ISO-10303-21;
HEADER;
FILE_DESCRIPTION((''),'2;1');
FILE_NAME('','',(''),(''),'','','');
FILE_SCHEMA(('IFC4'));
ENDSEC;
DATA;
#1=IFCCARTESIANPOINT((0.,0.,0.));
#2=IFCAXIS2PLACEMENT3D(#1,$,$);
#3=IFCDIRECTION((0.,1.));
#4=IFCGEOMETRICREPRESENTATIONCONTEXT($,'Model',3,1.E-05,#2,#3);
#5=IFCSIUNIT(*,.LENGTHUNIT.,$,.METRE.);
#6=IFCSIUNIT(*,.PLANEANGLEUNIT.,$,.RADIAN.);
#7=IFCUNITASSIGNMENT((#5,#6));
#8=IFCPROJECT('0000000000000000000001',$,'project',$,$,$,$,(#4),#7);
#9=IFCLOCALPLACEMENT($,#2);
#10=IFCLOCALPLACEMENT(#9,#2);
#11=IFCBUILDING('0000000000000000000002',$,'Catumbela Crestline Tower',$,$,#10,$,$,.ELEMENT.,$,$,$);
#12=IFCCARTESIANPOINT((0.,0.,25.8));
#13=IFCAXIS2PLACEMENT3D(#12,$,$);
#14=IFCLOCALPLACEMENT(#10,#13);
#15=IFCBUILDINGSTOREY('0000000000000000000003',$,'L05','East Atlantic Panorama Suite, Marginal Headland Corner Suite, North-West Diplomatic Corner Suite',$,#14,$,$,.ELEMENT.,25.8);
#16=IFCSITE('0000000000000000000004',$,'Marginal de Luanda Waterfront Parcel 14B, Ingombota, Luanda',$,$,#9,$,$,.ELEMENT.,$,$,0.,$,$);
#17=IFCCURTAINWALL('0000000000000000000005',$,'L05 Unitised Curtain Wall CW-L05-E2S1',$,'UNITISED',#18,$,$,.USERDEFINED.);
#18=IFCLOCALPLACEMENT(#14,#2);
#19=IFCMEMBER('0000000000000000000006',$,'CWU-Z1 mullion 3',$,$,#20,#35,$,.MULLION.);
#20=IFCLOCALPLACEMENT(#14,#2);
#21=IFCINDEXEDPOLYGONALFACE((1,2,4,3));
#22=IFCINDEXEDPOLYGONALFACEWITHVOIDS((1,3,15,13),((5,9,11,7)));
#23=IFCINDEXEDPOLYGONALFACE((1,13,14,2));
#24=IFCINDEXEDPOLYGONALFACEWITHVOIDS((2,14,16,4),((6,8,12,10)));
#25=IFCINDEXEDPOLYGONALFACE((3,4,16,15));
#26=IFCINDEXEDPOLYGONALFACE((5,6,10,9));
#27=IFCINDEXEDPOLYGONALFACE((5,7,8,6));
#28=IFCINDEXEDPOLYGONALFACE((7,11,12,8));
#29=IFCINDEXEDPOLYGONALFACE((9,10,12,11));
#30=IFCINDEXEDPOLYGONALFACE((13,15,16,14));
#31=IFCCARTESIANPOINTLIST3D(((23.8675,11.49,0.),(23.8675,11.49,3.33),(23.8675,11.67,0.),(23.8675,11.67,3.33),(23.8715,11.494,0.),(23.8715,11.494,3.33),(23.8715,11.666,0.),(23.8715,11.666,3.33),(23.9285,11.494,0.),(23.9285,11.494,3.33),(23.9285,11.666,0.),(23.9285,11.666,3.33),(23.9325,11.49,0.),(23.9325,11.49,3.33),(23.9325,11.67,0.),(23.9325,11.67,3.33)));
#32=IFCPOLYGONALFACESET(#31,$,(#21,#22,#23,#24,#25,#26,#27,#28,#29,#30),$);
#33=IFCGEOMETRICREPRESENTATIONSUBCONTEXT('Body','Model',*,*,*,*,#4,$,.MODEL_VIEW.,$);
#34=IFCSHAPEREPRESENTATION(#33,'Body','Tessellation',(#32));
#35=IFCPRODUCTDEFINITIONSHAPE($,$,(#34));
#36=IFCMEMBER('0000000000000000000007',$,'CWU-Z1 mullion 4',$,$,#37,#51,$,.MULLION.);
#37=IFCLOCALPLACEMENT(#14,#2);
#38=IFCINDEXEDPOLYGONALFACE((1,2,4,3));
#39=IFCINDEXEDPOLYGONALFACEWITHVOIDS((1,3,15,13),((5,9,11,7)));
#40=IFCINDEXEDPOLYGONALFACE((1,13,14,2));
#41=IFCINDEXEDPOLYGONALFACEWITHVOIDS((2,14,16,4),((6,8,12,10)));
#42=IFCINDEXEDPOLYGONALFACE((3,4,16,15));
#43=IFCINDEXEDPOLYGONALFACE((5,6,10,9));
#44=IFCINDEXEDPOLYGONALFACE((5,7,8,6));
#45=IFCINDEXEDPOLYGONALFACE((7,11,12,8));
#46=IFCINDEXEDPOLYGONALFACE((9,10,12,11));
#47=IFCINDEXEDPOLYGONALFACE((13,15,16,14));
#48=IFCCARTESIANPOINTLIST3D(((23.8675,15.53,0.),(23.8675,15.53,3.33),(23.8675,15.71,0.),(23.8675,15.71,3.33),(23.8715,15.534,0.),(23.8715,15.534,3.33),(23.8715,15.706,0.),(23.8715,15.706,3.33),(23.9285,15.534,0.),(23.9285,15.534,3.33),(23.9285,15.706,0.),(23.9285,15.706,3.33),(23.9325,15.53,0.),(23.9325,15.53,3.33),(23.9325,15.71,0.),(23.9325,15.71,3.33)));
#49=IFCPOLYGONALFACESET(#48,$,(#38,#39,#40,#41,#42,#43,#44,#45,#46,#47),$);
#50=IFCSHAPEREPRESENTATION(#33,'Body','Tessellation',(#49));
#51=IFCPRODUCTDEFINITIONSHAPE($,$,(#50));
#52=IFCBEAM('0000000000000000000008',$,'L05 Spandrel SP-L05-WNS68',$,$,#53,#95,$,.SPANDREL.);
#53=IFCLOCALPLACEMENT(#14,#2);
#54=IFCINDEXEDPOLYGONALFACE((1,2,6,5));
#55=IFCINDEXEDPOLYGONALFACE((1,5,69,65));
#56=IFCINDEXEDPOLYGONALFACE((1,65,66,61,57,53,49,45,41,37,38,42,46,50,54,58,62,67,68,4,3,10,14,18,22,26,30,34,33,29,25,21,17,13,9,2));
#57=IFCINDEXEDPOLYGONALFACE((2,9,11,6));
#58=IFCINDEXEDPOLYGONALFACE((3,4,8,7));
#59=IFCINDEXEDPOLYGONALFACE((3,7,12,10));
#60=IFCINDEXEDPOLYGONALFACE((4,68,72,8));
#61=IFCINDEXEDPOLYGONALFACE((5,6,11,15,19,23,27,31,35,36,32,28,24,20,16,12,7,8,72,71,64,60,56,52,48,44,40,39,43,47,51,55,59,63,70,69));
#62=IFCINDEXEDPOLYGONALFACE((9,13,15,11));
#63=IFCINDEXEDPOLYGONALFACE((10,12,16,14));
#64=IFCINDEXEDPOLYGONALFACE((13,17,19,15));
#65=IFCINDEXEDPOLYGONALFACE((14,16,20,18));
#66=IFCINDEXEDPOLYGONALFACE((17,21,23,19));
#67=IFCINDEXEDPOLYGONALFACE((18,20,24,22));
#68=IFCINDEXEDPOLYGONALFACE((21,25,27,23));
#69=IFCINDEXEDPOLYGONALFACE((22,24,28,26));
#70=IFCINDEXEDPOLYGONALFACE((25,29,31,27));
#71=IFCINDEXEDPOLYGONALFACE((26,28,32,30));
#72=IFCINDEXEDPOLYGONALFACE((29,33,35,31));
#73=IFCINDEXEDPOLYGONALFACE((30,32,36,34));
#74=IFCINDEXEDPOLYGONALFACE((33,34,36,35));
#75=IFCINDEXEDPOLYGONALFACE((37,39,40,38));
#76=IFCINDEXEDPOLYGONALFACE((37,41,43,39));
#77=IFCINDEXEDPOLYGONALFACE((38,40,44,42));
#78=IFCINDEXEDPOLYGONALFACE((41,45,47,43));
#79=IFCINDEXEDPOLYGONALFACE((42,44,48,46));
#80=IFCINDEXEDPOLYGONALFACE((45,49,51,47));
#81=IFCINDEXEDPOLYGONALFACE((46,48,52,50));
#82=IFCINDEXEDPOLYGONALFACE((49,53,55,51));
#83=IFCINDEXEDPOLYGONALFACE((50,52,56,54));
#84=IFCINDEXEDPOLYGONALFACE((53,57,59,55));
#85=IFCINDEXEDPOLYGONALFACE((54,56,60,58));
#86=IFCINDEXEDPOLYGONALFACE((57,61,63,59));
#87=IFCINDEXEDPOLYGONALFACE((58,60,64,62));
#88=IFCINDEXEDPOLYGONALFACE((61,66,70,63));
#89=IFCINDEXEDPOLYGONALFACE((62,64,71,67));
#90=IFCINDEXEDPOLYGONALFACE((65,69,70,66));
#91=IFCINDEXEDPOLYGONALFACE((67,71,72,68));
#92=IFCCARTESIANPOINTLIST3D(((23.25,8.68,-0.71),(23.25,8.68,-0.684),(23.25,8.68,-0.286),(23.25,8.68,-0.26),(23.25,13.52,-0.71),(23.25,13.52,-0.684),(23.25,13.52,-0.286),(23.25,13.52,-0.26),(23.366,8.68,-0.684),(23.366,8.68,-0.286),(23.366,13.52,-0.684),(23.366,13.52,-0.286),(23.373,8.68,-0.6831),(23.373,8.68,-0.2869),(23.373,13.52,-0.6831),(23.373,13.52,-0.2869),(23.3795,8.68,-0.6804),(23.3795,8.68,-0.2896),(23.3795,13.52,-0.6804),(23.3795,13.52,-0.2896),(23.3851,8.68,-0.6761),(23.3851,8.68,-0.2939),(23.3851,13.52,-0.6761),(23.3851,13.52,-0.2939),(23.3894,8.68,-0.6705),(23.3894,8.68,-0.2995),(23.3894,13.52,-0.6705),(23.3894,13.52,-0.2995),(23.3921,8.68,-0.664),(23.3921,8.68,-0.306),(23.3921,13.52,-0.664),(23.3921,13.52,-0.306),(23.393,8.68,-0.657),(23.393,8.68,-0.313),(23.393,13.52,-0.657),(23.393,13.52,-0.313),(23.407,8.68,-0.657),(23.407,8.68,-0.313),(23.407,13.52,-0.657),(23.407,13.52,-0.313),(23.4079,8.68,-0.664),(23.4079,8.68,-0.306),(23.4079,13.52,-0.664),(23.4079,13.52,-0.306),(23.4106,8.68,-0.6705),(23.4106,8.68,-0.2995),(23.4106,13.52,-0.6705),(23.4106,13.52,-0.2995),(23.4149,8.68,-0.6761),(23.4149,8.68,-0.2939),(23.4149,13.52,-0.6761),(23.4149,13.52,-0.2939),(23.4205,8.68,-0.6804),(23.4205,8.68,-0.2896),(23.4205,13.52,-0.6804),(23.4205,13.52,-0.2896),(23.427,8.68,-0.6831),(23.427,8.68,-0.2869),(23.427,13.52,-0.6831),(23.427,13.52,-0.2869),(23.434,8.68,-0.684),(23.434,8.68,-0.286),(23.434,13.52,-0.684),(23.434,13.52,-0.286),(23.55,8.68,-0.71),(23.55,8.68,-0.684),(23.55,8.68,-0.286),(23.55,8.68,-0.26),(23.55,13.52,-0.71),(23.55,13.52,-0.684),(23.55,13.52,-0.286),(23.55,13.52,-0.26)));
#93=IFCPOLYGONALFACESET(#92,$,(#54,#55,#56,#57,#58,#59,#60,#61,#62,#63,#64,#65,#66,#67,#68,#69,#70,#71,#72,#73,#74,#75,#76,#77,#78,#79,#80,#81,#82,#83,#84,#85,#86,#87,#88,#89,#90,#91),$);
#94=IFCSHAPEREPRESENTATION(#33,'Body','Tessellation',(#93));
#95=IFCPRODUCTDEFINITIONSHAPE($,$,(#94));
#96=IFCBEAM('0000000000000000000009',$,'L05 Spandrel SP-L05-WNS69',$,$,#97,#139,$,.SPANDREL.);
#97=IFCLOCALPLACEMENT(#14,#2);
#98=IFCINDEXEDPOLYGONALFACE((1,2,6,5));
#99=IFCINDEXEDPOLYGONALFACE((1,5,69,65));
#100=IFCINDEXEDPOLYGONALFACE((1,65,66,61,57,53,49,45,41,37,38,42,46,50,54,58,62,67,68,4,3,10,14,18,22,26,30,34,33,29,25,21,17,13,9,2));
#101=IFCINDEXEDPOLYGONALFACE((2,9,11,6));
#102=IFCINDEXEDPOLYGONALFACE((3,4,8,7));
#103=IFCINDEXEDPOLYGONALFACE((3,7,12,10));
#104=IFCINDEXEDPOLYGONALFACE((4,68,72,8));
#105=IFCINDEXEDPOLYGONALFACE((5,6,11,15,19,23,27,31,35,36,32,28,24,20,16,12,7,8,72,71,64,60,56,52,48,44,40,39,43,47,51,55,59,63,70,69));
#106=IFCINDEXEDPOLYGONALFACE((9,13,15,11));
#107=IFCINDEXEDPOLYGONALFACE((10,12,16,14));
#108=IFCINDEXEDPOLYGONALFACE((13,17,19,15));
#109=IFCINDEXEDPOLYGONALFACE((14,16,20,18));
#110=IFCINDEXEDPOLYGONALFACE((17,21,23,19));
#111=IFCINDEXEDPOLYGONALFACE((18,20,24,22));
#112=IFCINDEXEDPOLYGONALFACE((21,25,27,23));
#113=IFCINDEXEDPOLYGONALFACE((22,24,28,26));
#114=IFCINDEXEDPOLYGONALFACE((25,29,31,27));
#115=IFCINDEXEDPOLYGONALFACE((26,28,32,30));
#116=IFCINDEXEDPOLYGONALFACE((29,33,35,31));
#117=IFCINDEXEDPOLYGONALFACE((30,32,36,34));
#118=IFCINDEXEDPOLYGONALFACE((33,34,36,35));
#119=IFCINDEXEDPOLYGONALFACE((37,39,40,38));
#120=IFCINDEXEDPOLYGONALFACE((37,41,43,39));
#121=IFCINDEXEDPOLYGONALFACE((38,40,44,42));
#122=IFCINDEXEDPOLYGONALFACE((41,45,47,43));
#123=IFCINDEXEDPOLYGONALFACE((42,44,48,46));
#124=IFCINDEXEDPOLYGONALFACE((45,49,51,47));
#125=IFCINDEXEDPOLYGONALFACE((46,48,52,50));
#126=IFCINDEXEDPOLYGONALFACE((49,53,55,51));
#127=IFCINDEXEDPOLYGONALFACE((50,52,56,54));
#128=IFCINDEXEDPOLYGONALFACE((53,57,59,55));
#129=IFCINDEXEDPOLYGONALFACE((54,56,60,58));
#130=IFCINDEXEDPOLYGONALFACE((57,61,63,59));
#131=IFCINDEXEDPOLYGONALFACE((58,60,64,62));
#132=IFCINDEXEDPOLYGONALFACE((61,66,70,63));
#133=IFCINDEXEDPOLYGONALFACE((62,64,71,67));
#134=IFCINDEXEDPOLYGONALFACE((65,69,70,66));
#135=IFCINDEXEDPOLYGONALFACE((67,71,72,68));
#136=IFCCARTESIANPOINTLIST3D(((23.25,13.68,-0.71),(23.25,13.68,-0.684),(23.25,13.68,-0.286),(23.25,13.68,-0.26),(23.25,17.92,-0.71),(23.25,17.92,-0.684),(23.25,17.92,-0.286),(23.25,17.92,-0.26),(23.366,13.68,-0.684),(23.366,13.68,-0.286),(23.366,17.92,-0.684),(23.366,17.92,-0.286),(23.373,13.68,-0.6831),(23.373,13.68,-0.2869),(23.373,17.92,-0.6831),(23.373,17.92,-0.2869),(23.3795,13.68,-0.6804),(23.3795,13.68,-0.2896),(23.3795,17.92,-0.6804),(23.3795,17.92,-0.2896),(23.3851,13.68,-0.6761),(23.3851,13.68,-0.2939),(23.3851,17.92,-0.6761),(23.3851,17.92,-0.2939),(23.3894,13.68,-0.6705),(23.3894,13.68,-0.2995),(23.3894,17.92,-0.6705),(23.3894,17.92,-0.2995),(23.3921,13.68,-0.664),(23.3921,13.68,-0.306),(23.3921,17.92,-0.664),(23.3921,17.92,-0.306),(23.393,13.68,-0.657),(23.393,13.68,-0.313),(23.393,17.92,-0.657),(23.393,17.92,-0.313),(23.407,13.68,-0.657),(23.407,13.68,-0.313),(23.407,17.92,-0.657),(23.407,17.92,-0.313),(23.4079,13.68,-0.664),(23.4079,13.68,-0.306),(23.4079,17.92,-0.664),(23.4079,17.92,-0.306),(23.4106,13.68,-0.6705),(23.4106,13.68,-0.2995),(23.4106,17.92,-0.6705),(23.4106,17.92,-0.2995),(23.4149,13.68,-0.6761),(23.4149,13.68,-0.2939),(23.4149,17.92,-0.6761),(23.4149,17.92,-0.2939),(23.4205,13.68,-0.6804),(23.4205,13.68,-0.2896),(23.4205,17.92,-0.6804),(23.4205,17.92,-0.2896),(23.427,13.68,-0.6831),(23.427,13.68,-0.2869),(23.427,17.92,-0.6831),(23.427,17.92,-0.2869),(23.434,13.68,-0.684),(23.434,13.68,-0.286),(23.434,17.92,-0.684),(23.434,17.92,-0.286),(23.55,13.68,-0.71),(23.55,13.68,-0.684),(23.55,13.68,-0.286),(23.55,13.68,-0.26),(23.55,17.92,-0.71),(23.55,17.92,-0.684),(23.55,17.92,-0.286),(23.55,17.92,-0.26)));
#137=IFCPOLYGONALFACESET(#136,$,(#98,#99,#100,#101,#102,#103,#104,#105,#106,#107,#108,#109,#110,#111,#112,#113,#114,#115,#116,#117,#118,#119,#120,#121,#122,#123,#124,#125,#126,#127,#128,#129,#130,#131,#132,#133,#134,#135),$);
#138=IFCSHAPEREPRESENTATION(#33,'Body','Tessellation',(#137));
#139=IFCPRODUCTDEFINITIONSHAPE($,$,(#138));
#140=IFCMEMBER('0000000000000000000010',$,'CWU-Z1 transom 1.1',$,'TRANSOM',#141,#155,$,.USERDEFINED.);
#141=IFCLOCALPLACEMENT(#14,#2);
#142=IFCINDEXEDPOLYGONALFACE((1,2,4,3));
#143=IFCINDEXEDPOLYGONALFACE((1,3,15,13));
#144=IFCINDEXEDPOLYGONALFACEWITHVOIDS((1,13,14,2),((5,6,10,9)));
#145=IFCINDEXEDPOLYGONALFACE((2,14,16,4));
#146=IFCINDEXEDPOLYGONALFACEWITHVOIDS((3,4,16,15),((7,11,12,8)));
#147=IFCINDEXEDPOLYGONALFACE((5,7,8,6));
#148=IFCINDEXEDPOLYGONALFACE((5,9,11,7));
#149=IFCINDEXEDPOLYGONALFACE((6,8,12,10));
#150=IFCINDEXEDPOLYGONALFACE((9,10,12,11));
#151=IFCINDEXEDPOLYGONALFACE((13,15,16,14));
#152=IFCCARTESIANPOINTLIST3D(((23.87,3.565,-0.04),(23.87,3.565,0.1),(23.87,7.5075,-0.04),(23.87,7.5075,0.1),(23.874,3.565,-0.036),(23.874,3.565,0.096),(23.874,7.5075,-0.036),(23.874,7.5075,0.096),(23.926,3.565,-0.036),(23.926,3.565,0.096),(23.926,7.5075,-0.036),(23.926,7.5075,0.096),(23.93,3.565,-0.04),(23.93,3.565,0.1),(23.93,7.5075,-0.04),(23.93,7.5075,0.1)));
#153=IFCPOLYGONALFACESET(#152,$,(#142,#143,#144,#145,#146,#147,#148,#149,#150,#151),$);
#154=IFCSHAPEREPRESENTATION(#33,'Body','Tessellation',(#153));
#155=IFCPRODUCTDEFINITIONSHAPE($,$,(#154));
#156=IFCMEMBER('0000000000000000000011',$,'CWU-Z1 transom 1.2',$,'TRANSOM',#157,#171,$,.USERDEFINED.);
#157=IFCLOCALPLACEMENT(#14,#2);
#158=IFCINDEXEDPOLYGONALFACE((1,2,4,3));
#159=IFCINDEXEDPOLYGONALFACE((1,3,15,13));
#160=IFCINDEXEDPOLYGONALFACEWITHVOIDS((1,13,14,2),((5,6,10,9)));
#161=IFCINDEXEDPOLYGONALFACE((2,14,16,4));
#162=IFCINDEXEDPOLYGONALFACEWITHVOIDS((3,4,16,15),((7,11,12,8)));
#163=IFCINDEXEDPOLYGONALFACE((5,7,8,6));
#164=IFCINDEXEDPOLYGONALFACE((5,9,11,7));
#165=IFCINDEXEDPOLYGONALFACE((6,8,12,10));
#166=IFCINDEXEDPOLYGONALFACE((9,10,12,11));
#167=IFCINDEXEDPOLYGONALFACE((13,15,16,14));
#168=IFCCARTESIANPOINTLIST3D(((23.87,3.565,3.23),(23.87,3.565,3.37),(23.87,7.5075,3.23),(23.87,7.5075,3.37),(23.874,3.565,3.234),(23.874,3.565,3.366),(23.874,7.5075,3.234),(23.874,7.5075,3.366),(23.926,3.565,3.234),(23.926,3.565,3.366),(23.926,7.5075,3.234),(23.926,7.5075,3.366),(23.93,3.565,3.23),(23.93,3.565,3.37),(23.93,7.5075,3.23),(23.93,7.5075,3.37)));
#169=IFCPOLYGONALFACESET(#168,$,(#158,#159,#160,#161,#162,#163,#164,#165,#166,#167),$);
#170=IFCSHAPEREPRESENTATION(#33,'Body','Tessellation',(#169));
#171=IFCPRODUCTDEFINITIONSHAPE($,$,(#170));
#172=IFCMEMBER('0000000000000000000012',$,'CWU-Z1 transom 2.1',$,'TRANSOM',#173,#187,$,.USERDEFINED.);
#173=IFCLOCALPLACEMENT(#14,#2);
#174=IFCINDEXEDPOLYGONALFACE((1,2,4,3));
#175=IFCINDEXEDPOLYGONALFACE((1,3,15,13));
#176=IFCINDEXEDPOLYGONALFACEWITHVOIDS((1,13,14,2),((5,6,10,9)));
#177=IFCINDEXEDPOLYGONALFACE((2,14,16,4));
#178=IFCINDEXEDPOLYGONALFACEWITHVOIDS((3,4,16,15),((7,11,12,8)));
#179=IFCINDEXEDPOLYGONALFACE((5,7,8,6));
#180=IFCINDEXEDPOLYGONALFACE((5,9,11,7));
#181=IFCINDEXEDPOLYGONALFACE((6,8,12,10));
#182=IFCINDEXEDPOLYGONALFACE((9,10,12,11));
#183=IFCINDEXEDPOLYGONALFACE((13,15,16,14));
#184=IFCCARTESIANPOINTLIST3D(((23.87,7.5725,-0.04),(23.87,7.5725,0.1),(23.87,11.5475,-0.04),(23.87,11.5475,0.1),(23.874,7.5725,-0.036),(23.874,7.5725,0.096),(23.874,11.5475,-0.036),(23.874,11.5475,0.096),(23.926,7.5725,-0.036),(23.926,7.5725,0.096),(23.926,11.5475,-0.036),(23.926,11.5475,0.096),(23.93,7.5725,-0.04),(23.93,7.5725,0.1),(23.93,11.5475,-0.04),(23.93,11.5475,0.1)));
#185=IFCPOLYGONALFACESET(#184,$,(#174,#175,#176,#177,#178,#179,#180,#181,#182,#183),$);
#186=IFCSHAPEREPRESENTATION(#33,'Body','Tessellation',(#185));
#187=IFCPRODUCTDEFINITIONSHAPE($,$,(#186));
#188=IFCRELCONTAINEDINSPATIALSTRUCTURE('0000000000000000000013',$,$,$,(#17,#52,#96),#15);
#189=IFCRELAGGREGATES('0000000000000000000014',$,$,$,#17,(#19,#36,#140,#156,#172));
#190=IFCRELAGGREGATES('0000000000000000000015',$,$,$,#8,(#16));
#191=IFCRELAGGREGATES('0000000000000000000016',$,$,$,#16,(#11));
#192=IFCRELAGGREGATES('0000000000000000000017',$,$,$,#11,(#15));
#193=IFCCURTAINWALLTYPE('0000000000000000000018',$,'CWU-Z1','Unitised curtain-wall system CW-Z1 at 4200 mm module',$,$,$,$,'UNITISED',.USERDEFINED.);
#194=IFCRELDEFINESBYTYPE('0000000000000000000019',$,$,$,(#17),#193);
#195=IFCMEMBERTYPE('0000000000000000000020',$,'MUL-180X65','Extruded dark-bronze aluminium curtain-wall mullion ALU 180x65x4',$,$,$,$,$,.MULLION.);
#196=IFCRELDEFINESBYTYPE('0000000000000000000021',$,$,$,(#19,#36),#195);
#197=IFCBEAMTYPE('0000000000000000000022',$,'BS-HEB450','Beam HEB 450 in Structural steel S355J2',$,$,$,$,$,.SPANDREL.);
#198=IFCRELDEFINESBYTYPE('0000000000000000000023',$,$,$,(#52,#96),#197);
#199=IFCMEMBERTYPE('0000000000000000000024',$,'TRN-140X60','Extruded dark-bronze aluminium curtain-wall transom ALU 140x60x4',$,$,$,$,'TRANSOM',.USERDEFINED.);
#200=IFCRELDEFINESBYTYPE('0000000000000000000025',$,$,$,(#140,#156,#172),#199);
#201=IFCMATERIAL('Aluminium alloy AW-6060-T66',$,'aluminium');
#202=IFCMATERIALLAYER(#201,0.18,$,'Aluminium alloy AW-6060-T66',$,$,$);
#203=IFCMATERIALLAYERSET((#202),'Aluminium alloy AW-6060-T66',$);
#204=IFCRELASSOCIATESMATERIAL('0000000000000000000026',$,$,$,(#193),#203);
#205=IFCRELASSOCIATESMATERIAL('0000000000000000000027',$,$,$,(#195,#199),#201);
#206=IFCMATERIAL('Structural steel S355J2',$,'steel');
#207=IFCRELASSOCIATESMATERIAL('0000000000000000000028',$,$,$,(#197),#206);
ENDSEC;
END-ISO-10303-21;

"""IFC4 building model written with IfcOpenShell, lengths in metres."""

from ifc_helpers import new_model, si_unit, direction, frame, origin, origin_2d, place, context, subcontext, project, spatial, hollow_rectangle, i_section, extrude, material, layer, layer_set, material_profile, profile_set, type_object, element, aggregate, save


model = new_model("IFC4")

# Units and contexts
model_context = context("Model", 3, precision=1e-05, world=origin(), true_north=direction((0.0, 1.0)))
body_context = subcontext(model_context, "Body", "Model", "MODEL_VIEW")
ifc_project = project(units=[si_unit("LENGTHUNIT", "METRE"), si_unit("PLANEANGLEUNIT", "RADIAN")], contexts=[model_context])

# Site, building, storey
site_placement = place(None, origin())
site = spatial("IfcSite", under=ifc_project, at=site_placement, Name="Marginal de Luanda Waterfront Parcel 14B, Ingombota, Luanda", CompositionType="ELEMENT", RefElevation=0.0)
building_placement = place(site_placement, origin())
building = spatial("IfcBuilding", under=site, at=building_placement, Name="Catumbela Crestline Tower", CompositionType="ELEMENT")
storey_placement = place(building_placement, frame((0.0, 0.0, 25.8)))
storey = spatial("IfcBuildingStorey", under=building, at=storey_placement, Name="L05", Description="East Atlantic Panorama Suite, Marginal Headland Corner Suite, North-West Diplomatic Corner Suite", CompositionType="ELEMENT", Elevation=25.8)

# Shared definitions
ifc_material_1 = material(Name="Structural steel S355J2", Category="steel")

# Shared definitions
ifc_material_2 = material(Name="Aluminium alloy AW-6060-T66", Category="aluminium")
ifc_layer_1 = layer(ifc_material_2, 0.18, Name="Aluminium alloy AW-6060-T66")
ifc_layer_set_1 = layer_set([ifc_layer_1], Name="Aluminium alloy AW-6060-T66")
curtain_wall_type = type_object("IfcCurtainWallType", Name="CWU-Z1", Description="Unitised curtain-wall system CW-Z1 at 4200 mm module", ElementType="UNITISED", PredefinedType="USERDEFINED", material=ifc_layer_set_1)
ifc_material_profile_1 = material_profile(ifc_material_2, hollow_rectangle(XDim=0.065, YDim=0.18, WallThickness=0.004, at=origin_2d()), Name="ALU 180x65x4")
ifc_profile_set_1 = profile_set([ifc_material_profile_1], Name="Aluminium alloy AW-6060-T66")
member_type_1 = type_object("IfcMemberType", Name="MUL-180X65", Description="Extruded dark-bronze aluminium curtain-wall mullion ALU 180x65x4", PredefinedType="MULLION", material=ifc_profile_set_1)

# Curtain wall, members
curtain_wall_1_placement = place(storey_placement, origin())
curtain_wall_1 = element("IfcCurtainWall", 1, at=curtain_wall_1_placement, inside=storey, type_object=curtain_wall_type, Name="L05 Unitised Curtain Wall CW-L05-E2S1", ObjectType="UNITISED", PredefinedType="USERDEFINED")
member_1_placement = place(storey_placement, frame((23.9, 11.58, 0.0), z_axis=(0.0, 0.0, 1.0), x_axis=(-1.0, 0.0, 0.0)))
member_1 = element("IfcMember", 2, at=member_1_placement, type_object=member_type_1, Name="CWU-Z1 mullion 3", PredefinedType="MULLION", context=body_context, shape_type="SweptSolid", body=[
    extrude(hollow_rectangle(XDim=0.065, YDim=0.18, WallThickness=0.004, at=origin_2d()), origin(), (0.0, 0.0, 1.0), 3.33),
])
member_2_placement = place(storey_placement, frame((23.9, 15.62, 0.0), z_axis=(0.0, 0.0, 1.0), x_axis=(-1.0, 0.0, 0.0)))
member_2 = element("IfcMember", 3, at=member_2_placement, type_object=member_type_1, Name="CWU-Z1 mullion 4", PredefinedType="MULLION", context=body_context, shape_type="SweptSolid", body=[
    extrude(hollow_rectangle(XDim=0.065, YDim=0.18, WallThickness=0.004, at=origin_2d()), origin(), (0.0, 0.0, 1.0), 3.33),
])

# Beams
ifc_material_profile_2 = material_profile(ifc_material_1, i_section(OverallWidth=0.3, OverallDepth=0.45, WebThickness=0.014, FlangeThickness=0.026, FilletRadius=0.027, at=origin_2d()), Name="HEB 450")
ifc_profile_set_2 = profile_set([ifc_material_profile_2], Name="Structural steel S355J2")
beam_type_1 = type_object("IfcBeamType", Name="BS-HEB450", Description="Beam HEB 450 in Structural steel S355J2", PredefinedType="SPANDREL", material=ifc_profile_set_2)
beam_1_placement = place(storey_placement, frame((23.4, 8.68, -0.485), z_axis=(0.0, 1.0, 0.0), x_axis=(-1.0, 0.0, 0.0)))
element("IfcBeam", 4, at=beam_1_placement, inside=storey, type_object=beam_type_1, Name="L05 Spandrel SP-L05-WNS68", PredefinedType="SPANDREL", context=body_context, shape_type="SweptSolid", body=[
    extrude(i_section(OverallWidth=0.3, OverallDepth=0.45, WebThickness=0.014, FlangeThickness=0.026, FilletRadius=0.027, at=origin_2d()), origin(), (0.0, 0.0, 1.0), 4.84),
])
beam_2_placement = place(storey_placement, frame((23.4, 13.68, -0.485), z_axis=(0.0, 1.0, 0.0), x_axis=(-1.0, 0.0, 0.0)))
element("IfcBeam", 5, at=beam_2_placement, inside=storey, type_object=beam_type_1, Name="L05 Spandrel SP-L05-WNS69", PredefinedType="SPANDREL", context=body_context, shape_type="SweptSolid", body=[
    extrude(i_section(OverallWidth=0.3, OverallDepth=0.45, WebThickness=0.014, FlangeThickness=0.026, FilletRadius=0.027, at=origin_2d()), origin(), (0.0, 0.0, 1.0), 4.24),
])

# Members
ifc_material_profile_3 = material_profile(ifc_material_2, hollow_rectangle(XDim=0.06, YDim=0.14, WallThickness=0.004, at=origin_2d()), Name="ALU 140x60x4")
ifc_profile_set_3 = profile_set([ifc_material_profile_3], Name="Aluminium alloy AW-6060-T66")
member_type_2 = type_object("IfcMemberType", Name="TRN-140X60", Description="Extruded dark-bronze aluminium curtain-wall transom ALU 140x60x4", ElementType="TRANSOM", PredefinedType="USERDEFINED", material=ifc_profile_set_3)
member_3_placement = place(storey_placement, frame((23.9, 3.565, 0.03), z_axis=(0.0, 1.0, 0.0), x_axis=(-1.0, 0.0, 0.0)))
member_3 = element("IfcMember", 6, at=member_3_placement, type_object=member_type_2, Name="CWU-Z1 transom 1.1", ObjectType="TRANSOM", PredefinedType="USERDEFINED", context=body_context, shape_type="SweptSolid", body=[
    extrude(hollow_rectangle(XDim=0.06, YDim=0.14, WallThickness=0.004, at=origin_2d()), origin(), (0.0, 0.0, 1.0), 3.9425),
])
member_4_placement = place(storey_placement, frame((23.9, 3.565, 3.3), z_axis=(0.0, 1.0, 0.0), x_axis=(-1.0, 0.0, 0.0)))
member_4 = element("IfcMember", 7, at=member_4_placement, type_object=member_type_2, Name="CWU-Z1 transom 1.2", ObjectType="TRANSOM", PredefinedType="USERDEFINED", context=body_context, shape_type="SweptSolid", body=[
    extrude(hollow_rectangle(XDim=0.06, YDim=0.14, WallThickness=0.004, at=origin_2d()), origin(), (0.0, 0.0, 1.0), 3.9425),
])
member_5_placement = place(storey_placement, frame((23.9, 7.5725, 0.03), z_axis=(0.0, 1.0, 0.0), x_axis=(-1.0, 0.0, 0.0)))
member_5 = element("IfcMember", 8, at=member_5_placement, type_object=member_type_2, Name="CWU-Z1 transom 2.1", ObjectType="TRANSOM", PredefinedType="USERDEFINED", context=body_context, shape_type="SweptSolid", body=[
    extrude(hollow_rectangle(XDim=0.06, YDim=0.14, WallThickness=0.004, at=origin_2d()), origin(), (0.0, 0.0, 1.0), 3.975),
])

aggregate(curtain_wall_1, [member_1, member_2, member_3, member_4, member_5])

save(model, "model.ifc")
